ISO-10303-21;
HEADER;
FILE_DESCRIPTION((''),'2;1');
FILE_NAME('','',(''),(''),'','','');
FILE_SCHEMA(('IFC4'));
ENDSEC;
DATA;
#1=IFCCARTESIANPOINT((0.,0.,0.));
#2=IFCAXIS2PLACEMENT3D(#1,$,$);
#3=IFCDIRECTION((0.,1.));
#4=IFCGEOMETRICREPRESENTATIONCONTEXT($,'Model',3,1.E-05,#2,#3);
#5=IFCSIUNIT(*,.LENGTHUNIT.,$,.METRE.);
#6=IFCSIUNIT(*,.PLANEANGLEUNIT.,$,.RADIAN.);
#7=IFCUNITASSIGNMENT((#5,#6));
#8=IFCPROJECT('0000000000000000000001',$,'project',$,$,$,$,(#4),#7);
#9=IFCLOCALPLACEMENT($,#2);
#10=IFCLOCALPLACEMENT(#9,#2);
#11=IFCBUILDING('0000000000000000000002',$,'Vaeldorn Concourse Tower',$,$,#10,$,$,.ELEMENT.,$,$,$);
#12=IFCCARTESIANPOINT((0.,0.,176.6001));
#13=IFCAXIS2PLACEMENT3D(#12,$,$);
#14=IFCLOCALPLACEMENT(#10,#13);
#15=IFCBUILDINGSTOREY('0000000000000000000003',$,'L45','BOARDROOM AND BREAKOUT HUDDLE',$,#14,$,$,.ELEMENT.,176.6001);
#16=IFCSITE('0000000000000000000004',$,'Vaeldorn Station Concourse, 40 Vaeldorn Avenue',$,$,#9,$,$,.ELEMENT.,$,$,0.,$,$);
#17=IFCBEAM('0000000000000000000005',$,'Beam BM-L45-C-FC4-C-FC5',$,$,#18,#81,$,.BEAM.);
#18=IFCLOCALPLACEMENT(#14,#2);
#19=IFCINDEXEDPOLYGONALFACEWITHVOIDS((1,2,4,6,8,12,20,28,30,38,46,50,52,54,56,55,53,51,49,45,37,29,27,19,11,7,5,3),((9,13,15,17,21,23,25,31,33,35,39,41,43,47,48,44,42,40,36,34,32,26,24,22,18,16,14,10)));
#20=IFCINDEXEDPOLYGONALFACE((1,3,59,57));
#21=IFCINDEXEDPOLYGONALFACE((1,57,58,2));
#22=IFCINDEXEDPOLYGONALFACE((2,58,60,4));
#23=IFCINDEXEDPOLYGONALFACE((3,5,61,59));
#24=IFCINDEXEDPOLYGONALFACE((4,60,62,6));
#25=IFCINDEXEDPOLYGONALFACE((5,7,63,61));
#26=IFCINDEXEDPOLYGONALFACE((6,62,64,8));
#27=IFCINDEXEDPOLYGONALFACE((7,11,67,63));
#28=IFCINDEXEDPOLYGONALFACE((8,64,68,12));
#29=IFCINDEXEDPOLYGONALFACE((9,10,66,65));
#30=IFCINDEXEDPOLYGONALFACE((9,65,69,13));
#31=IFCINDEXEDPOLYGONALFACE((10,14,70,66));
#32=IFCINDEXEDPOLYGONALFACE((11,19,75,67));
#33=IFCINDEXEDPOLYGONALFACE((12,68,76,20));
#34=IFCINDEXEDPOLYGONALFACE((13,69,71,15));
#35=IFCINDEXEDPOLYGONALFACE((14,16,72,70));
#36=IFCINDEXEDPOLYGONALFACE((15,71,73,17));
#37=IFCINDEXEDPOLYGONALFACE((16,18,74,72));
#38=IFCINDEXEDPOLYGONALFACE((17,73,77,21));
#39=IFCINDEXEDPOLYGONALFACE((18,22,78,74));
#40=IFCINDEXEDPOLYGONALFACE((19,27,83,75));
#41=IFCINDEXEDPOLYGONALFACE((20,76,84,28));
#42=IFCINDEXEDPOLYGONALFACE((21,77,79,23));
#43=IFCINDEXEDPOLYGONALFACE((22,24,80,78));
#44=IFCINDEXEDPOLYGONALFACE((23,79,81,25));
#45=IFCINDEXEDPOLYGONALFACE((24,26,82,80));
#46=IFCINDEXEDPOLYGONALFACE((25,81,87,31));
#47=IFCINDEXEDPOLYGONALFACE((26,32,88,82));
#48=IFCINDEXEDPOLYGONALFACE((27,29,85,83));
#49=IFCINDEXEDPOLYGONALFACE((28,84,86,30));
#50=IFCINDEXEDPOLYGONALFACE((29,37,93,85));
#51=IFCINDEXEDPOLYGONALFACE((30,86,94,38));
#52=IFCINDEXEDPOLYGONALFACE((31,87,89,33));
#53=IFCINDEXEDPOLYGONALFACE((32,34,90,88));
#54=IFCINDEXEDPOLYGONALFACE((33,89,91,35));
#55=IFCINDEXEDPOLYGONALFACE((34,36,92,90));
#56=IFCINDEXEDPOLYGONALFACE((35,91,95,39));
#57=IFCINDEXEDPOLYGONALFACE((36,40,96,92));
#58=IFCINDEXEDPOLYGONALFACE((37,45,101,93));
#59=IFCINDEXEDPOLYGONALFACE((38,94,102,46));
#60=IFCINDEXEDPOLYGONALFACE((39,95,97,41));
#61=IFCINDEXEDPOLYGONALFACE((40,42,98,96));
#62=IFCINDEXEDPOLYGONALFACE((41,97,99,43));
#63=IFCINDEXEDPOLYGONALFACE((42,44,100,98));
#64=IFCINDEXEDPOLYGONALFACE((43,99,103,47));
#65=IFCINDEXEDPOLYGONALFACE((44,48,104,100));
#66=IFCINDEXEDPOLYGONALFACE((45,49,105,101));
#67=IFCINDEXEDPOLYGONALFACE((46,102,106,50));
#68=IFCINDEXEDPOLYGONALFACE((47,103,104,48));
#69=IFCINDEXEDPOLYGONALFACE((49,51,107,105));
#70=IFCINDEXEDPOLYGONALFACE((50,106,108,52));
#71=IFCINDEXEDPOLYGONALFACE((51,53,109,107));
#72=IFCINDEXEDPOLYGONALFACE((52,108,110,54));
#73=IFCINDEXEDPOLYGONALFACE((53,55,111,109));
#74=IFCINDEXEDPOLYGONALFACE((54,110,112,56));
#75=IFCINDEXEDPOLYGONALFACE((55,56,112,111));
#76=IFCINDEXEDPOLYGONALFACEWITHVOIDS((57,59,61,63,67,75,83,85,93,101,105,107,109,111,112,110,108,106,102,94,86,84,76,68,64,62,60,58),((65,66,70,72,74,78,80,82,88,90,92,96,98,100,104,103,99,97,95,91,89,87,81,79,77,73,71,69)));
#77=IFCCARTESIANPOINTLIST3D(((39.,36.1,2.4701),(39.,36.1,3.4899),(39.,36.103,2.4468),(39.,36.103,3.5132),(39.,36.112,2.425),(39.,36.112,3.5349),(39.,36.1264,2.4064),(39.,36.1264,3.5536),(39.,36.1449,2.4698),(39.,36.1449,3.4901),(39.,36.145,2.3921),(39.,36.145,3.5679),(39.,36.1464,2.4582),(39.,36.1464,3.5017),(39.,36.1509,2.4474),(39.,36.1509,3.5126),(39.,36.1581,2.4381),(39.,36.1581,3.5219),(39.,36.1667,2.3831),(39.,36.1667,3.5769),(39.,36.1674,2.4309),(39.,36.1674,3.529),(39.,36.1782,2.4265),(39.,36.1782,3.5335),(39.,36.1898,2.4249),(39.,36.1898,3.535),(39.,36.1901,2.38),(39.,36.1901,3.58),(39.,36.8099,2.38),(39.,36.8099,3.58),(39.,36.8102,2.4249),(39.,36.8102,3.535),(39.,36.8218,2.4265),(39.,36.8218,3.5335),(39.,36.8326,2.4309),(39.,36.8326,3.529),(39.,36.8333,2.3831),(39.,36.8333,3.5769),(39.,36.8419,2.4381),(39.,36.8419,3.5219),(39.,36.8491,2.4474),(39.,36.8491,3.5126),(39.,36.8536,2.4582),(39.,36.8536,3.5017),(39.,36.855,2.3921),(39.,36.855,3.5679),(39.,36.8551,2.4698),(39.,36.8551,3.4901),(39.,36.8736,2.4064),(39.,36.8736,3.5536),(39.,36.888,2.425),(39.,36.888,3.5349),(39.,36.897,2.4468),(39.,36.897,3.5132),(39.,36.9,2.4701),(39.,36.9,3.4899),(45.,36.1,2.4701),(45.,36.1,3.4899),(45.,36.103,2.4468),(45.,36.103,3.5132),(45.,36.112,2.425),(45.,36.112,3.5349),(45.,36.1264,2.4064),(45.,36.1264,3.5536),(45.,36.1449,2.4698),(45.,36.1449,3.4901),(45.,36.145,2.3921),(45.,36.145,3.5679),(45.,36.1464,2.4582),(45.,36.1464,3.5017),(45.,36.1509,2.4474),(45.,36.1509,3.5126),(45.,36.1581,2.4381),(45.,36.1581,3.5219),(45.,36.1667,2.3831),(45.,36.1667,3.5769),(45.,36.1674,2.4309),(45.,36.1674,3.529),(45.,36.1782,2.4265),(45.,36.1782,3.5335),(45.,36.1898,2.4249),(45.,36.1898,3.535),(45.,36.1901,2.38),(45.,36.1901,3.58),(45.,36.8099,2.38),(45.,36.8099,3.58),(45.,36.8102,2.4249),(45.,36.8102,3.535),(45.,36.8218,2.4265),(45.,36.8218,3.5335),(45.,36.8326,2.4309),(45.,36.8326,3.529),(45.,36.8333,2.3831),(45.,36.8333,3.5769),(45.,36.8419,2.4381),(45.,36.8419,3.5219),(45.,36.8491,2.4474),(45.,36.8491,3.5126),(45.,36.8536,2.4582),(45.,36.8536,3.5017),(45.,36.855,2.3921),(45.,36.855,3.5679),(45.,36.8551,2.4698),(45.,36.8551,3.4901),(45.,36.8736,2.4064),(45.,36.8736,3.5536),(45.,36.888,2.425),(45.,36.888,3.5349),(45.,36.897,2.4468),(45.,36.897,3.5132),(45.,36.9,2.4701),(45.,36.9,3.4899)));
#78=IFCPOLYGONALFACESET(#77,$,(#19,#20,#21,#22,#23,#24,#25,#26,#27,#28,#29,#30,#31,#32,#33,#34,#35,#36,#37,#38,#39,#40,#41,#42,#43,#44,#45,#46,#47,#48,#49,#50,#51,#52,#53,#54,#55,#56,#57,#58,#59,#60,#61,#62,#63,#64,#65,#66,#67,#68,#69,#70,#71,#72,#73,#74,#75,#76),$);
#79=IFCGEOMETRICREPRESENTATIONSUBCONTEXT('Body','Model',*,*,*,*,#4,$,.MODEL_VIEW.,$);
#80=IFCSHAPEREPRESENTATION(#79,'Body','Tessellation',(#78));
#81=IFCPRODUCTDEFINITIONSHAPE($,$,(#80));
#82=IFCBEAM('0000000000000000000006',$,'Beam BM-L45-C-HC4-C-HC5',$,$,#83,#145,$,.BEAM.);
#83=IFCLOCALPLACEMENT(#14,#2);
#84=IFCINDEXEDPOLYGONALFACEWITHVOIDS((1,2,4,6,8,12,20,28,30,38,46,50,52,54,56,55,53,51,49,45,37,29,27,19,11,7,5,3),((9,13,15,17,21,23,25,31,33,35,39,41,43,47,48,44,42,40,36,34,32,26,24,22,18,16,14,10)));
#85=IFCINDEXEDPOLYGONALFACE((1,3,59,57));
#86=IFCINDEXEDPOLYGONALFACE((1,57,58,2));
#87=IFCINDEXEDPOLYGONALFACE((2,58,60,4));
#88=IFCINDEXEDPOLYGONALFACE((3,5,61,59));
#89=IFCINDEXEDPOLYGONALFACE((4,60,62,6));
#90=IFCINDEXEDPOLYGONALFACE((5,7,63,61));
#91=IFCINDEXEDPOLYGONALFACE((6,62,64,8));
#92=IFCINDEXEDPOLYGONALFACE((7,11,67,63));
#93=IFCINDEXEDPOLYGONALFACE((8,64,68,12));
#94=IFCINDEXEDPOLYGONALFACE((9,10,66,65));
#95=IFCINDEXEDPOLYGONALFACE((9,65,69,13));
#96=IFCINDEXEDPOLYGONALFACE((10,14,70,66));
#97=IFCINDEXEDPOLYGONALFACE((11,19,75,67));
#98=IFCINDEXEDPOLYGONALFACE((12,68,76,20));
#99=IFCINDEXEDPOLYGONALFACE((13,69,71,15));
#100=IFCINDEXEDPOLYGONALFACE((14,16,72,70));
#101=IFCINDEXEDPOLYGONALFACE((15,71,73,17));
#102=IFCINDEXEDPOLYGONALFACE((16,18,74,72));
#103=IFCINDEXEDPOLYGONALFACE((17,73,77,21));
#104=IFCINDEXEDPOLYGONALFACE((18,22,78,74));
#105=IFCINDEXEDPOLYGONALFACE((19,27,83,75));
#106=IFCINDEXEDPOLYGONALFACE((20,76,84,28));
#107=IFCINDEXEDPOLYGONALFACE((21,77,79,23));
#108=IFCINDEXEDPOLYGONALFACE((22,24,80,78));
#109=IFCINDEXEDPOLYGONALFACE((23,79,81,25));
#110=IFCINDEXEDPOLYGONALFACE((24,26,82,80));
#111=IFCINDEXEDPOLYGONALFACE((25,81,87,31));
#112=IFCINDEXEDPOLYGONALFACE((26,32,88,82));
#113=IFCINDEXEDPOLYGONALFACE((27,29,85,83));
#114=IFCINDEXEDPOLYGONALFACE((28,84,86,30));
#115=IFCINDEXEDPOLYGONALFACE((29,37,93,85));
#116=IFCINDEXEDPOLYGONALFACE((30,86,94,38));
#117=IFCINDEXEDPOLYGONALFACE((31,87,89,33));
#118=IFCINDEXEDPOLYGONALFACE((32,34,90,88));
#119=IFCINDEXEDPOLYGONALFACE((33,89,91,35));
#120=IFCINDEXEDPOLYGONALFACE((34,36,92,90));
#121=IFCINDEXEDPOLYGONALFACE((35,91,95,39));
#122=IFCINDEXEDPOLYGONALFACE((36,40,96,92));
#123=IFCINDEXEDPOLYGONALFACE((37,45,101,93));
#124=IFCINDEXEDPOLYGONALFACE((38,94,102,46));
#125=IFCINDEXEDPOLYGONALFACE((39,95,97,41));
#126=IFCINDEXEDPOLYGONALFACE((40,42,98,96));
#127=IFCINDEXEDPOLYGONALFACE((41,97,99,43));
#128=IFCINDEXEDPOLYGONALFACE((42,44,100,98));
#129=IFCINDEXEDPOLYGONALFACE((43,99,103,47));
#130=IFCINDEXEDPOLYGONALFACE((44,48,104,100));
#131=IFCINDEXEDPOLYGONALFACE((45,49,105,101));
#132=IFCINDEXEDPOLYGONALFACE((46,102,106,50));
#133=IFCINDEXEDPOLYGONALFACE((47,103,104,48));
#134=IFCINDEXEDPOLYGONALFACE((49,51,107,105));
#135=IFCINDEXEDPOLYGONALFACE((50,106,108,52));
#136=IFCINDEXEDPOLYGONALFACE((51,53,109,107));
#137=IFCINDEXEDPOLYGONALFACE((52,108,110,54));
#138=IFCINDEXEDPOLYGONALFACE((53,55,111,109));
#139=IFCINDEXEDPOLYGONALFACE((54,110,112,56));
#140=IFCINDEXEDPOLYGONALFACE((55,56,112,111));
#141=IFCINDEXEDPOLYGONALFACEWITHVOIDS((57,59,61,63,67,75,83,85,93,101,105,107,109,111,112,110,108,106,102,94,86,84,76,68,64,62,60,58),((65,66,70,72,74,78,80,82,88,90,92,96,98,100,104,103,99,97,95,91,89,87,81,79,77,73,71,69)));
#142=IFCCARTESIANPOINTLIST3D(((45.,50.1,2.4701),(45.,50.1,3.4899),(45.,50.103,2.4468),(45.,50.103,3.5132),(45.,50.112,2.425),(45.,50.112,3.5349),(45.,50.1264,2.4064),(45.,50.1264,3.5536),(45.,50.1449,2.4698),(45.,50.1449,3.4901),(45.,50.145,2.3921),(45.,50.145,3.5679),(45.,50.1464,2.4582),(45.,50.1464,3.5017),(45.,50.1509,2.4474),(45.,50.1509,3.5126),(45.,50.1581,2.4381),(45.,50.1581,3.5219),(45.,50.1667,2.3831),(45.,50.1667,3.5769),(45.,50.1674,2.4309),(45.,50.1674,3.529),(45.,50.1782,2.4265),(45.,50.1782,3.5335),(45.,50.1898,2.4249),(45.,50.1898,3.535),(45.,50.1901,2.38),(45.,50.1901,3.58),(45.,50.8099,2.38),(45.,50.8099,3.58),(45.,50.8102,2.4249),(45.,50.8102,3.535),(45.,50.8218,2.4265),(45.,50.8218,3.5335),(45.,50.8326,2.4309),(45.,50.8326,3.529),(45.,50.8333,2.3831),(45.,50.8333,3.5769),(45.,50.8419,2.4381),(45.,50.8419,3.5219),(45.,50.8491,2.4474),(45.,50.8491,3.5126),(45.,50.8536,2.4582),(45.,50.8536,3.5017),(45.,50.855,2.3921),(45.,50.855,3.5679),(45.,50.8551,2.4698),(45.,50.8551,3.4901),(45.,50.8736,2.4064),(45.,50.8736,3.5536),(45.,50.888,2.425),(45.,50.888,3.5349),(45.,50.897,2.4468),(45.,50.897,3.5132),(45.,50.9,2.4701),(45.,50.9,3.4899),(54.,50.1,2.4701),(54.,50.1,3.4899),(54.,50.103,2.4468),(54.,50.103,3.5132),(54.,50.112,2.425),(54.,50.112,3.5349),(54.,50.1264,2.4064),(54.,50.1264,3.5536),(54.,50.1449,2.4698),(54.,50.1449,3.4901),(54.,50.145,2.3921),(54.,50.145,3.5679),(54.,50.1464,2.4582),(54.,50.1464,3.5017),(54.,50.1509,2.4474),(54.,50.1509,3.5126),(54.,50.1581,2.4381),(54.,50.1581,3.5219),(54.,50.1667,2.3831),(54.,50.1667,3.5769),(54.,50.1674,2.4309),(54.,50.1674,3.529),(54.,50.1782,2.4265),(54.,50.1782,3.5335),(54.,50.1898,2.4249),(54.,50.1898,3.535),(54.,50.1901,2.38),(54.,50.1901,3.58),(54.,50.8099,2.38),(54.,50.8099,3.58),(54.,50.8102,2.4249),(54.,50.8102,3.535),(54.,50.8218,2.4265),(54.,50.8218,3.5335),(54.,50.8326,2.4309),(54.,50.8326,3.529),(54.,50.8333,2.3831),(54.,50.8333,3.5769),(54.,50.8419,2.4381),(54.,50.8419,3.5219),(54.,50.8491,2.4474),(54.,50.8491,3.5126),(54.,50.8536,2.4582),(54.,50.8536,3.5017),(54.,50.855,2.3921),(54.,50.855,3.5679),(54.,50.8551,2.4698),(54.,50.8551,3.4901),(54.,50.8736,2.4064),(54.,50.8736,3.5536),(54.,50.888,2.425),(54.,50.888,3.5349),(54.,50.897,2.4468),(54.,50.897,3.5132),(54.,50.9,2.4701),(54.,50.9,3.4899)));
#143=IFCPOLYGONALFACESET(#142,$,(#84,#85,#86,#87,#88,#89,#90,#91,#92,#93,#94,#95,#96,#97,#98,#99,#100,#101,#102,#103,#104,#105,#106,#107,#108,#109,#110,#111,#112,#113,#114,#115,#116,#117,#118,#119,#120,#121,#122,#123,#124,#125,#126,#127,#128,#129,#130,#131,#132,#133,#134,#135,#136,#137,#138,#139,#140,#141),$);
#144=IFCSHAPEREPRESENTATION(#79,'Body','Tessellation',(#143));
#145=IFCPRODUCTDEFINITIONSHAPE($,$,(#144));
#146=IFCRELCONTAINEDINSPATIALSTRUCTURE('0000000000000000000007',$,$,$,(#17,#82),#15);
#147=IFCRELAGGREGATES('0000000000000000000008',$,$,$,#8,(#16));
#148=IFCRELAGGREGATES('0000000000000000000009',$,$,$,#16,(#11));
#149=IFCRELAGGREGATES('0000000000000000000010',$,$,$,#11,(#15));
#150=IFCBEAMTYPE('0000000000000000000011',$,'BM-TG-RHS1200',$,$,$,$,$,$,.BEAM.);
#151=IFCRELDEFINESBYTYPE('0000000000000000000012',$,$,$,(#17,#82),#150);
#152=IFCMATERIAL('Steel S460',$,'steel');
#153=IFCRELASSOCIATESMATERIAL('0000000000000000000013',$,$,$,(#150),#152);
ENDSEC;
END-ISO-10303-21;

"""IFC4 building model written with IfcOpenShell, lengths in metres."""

from ifc_helpers import new_model, si_unit, direction, frame, origin, origin_2d, place, context, subcontext, project, spatial, hollow_rectangle, extrude, source, transform, mapped, material, material_profile, profile_set, type_object, element, save


model = new_model("IFC4")

# Units and contexts
model_context = context("Model", 3, precision=1e-05, world=origin(), true_north=direction((0.0, 1.0)))
body_context = subcontext(model_context, "Body", "Model", "MODEL_VIEW")
ifc_project = project(units=[si_unit("LENGTHUNIT", "METRE"), si_unit("PLANEANGLEUNIT", "RADIAN")], contexts=[model_context])

# Site, building, storey
site_placement = place(None, origin())
site = spatial("IfcSite", under=ifc_project, at=site_placement, Name="Vaeldorn Station Concourse, 40 Vaeldorn Avenue", CompositionType="ELEMENT", RefElevation=0.0)
building_placement = place(site_placement, origin())
building = spatial("IfcBuilding", under=site, at=building_placement, Name="Vaeldorn Concourse Tower", CompositionType="ELEMENT")
storey_placement = place(building_placement, frame((0.0, 0.0, 176.6001)))
storey = spatial("IfcBuildingStorey", under=building, at=storey_placement, Name="L45", Description="BOARDROOM AND BREAKOUT HUDDLE", CompositionType="ELEMENT", Elevation=176.6001)

# Shared definitions
ifc_material_1 = material(Name="Steel S460", Category="steel")

# Beams
ifc_material_profile_1 = material_profile(ifc_material_1, hollow_rectangle(XDim=0.8, YDim=1.2, WallThickness=0.0449, InnerFilletRadius=0.0449, OuterFilletRadius=0.0901, at=origin_2d()), Name="RHS 1200x800x45")
ifc_profile_set_1 = profile_set([ifc_material_profile_1], Name="Steel S460")
beam_type_1 = type_object("IfcBeamType", Name="BM-TG-RHS1200", PredefinedType="BEAM", material=ifc_profile_set_1)
shared_shape_1 = source(origin(), body_context, "Body", "SweptSolid", [
    extrude(hollow_rectangle(XDim=0.8, YDim=1.2, WallThickness=0.0449, InnerFilletRadius=0.0449, OuterFilletRadius=0.0901, at=origin_2d()), origin(), (0.0, 0.0, 1.0), 6.0),
])
beam_1_placement = place(storey_placement, frame((39.0, 36.5, 2.98), z_axis=(1.0, 0.0, 0.0), x_axis=(0.0, 1.0, 0.0)))
element("IfcBeam", 1, at=beam_1_placement, inside=storey, type_object=beam_type_1, Name="Beam BM-L45-C-FC4-C-FC5", PredefinedType="BEAM", context=body_context, shape_type="MappedRepresentation", body=[
    mapped(shared_shape_1, transform((0.0, 0.0, 0.0), scale=1.0)),
])
shared_shape_2 = source(origin(), body_context, "Body", "SweptSolid", [
    extrude(hollow_rectangle(XDim=0.8, YDim=1.2, WallThickness=0.0449, InnerFilletRadius=0.0449, OuterFilletRadius=0.0901, at=origin_2d()), origin(), (0.0, 0.0, 1.0), 9.0),
])
beam_2_placement = place(storey_placement, frame((45.0, 50.5, 2.98), z_axis=(1.0, 0.0, 0.0), x_axis=(0.0, 1.0, 0.0)))
element("IfcBeam", 2, at=beam_2_placement, inside=storey, type_object=beam_type_1, Name="Beam BM-L45-C-HC4-C-HC5", PredefinedType="BEAM", context=body_context, shape_type="MappedRepresentation", body=[
    mapped(shared_shape_2, transform((0.0, 0.0, 0.0), scale=1.0)),
])

save(model, "model.ifc")
